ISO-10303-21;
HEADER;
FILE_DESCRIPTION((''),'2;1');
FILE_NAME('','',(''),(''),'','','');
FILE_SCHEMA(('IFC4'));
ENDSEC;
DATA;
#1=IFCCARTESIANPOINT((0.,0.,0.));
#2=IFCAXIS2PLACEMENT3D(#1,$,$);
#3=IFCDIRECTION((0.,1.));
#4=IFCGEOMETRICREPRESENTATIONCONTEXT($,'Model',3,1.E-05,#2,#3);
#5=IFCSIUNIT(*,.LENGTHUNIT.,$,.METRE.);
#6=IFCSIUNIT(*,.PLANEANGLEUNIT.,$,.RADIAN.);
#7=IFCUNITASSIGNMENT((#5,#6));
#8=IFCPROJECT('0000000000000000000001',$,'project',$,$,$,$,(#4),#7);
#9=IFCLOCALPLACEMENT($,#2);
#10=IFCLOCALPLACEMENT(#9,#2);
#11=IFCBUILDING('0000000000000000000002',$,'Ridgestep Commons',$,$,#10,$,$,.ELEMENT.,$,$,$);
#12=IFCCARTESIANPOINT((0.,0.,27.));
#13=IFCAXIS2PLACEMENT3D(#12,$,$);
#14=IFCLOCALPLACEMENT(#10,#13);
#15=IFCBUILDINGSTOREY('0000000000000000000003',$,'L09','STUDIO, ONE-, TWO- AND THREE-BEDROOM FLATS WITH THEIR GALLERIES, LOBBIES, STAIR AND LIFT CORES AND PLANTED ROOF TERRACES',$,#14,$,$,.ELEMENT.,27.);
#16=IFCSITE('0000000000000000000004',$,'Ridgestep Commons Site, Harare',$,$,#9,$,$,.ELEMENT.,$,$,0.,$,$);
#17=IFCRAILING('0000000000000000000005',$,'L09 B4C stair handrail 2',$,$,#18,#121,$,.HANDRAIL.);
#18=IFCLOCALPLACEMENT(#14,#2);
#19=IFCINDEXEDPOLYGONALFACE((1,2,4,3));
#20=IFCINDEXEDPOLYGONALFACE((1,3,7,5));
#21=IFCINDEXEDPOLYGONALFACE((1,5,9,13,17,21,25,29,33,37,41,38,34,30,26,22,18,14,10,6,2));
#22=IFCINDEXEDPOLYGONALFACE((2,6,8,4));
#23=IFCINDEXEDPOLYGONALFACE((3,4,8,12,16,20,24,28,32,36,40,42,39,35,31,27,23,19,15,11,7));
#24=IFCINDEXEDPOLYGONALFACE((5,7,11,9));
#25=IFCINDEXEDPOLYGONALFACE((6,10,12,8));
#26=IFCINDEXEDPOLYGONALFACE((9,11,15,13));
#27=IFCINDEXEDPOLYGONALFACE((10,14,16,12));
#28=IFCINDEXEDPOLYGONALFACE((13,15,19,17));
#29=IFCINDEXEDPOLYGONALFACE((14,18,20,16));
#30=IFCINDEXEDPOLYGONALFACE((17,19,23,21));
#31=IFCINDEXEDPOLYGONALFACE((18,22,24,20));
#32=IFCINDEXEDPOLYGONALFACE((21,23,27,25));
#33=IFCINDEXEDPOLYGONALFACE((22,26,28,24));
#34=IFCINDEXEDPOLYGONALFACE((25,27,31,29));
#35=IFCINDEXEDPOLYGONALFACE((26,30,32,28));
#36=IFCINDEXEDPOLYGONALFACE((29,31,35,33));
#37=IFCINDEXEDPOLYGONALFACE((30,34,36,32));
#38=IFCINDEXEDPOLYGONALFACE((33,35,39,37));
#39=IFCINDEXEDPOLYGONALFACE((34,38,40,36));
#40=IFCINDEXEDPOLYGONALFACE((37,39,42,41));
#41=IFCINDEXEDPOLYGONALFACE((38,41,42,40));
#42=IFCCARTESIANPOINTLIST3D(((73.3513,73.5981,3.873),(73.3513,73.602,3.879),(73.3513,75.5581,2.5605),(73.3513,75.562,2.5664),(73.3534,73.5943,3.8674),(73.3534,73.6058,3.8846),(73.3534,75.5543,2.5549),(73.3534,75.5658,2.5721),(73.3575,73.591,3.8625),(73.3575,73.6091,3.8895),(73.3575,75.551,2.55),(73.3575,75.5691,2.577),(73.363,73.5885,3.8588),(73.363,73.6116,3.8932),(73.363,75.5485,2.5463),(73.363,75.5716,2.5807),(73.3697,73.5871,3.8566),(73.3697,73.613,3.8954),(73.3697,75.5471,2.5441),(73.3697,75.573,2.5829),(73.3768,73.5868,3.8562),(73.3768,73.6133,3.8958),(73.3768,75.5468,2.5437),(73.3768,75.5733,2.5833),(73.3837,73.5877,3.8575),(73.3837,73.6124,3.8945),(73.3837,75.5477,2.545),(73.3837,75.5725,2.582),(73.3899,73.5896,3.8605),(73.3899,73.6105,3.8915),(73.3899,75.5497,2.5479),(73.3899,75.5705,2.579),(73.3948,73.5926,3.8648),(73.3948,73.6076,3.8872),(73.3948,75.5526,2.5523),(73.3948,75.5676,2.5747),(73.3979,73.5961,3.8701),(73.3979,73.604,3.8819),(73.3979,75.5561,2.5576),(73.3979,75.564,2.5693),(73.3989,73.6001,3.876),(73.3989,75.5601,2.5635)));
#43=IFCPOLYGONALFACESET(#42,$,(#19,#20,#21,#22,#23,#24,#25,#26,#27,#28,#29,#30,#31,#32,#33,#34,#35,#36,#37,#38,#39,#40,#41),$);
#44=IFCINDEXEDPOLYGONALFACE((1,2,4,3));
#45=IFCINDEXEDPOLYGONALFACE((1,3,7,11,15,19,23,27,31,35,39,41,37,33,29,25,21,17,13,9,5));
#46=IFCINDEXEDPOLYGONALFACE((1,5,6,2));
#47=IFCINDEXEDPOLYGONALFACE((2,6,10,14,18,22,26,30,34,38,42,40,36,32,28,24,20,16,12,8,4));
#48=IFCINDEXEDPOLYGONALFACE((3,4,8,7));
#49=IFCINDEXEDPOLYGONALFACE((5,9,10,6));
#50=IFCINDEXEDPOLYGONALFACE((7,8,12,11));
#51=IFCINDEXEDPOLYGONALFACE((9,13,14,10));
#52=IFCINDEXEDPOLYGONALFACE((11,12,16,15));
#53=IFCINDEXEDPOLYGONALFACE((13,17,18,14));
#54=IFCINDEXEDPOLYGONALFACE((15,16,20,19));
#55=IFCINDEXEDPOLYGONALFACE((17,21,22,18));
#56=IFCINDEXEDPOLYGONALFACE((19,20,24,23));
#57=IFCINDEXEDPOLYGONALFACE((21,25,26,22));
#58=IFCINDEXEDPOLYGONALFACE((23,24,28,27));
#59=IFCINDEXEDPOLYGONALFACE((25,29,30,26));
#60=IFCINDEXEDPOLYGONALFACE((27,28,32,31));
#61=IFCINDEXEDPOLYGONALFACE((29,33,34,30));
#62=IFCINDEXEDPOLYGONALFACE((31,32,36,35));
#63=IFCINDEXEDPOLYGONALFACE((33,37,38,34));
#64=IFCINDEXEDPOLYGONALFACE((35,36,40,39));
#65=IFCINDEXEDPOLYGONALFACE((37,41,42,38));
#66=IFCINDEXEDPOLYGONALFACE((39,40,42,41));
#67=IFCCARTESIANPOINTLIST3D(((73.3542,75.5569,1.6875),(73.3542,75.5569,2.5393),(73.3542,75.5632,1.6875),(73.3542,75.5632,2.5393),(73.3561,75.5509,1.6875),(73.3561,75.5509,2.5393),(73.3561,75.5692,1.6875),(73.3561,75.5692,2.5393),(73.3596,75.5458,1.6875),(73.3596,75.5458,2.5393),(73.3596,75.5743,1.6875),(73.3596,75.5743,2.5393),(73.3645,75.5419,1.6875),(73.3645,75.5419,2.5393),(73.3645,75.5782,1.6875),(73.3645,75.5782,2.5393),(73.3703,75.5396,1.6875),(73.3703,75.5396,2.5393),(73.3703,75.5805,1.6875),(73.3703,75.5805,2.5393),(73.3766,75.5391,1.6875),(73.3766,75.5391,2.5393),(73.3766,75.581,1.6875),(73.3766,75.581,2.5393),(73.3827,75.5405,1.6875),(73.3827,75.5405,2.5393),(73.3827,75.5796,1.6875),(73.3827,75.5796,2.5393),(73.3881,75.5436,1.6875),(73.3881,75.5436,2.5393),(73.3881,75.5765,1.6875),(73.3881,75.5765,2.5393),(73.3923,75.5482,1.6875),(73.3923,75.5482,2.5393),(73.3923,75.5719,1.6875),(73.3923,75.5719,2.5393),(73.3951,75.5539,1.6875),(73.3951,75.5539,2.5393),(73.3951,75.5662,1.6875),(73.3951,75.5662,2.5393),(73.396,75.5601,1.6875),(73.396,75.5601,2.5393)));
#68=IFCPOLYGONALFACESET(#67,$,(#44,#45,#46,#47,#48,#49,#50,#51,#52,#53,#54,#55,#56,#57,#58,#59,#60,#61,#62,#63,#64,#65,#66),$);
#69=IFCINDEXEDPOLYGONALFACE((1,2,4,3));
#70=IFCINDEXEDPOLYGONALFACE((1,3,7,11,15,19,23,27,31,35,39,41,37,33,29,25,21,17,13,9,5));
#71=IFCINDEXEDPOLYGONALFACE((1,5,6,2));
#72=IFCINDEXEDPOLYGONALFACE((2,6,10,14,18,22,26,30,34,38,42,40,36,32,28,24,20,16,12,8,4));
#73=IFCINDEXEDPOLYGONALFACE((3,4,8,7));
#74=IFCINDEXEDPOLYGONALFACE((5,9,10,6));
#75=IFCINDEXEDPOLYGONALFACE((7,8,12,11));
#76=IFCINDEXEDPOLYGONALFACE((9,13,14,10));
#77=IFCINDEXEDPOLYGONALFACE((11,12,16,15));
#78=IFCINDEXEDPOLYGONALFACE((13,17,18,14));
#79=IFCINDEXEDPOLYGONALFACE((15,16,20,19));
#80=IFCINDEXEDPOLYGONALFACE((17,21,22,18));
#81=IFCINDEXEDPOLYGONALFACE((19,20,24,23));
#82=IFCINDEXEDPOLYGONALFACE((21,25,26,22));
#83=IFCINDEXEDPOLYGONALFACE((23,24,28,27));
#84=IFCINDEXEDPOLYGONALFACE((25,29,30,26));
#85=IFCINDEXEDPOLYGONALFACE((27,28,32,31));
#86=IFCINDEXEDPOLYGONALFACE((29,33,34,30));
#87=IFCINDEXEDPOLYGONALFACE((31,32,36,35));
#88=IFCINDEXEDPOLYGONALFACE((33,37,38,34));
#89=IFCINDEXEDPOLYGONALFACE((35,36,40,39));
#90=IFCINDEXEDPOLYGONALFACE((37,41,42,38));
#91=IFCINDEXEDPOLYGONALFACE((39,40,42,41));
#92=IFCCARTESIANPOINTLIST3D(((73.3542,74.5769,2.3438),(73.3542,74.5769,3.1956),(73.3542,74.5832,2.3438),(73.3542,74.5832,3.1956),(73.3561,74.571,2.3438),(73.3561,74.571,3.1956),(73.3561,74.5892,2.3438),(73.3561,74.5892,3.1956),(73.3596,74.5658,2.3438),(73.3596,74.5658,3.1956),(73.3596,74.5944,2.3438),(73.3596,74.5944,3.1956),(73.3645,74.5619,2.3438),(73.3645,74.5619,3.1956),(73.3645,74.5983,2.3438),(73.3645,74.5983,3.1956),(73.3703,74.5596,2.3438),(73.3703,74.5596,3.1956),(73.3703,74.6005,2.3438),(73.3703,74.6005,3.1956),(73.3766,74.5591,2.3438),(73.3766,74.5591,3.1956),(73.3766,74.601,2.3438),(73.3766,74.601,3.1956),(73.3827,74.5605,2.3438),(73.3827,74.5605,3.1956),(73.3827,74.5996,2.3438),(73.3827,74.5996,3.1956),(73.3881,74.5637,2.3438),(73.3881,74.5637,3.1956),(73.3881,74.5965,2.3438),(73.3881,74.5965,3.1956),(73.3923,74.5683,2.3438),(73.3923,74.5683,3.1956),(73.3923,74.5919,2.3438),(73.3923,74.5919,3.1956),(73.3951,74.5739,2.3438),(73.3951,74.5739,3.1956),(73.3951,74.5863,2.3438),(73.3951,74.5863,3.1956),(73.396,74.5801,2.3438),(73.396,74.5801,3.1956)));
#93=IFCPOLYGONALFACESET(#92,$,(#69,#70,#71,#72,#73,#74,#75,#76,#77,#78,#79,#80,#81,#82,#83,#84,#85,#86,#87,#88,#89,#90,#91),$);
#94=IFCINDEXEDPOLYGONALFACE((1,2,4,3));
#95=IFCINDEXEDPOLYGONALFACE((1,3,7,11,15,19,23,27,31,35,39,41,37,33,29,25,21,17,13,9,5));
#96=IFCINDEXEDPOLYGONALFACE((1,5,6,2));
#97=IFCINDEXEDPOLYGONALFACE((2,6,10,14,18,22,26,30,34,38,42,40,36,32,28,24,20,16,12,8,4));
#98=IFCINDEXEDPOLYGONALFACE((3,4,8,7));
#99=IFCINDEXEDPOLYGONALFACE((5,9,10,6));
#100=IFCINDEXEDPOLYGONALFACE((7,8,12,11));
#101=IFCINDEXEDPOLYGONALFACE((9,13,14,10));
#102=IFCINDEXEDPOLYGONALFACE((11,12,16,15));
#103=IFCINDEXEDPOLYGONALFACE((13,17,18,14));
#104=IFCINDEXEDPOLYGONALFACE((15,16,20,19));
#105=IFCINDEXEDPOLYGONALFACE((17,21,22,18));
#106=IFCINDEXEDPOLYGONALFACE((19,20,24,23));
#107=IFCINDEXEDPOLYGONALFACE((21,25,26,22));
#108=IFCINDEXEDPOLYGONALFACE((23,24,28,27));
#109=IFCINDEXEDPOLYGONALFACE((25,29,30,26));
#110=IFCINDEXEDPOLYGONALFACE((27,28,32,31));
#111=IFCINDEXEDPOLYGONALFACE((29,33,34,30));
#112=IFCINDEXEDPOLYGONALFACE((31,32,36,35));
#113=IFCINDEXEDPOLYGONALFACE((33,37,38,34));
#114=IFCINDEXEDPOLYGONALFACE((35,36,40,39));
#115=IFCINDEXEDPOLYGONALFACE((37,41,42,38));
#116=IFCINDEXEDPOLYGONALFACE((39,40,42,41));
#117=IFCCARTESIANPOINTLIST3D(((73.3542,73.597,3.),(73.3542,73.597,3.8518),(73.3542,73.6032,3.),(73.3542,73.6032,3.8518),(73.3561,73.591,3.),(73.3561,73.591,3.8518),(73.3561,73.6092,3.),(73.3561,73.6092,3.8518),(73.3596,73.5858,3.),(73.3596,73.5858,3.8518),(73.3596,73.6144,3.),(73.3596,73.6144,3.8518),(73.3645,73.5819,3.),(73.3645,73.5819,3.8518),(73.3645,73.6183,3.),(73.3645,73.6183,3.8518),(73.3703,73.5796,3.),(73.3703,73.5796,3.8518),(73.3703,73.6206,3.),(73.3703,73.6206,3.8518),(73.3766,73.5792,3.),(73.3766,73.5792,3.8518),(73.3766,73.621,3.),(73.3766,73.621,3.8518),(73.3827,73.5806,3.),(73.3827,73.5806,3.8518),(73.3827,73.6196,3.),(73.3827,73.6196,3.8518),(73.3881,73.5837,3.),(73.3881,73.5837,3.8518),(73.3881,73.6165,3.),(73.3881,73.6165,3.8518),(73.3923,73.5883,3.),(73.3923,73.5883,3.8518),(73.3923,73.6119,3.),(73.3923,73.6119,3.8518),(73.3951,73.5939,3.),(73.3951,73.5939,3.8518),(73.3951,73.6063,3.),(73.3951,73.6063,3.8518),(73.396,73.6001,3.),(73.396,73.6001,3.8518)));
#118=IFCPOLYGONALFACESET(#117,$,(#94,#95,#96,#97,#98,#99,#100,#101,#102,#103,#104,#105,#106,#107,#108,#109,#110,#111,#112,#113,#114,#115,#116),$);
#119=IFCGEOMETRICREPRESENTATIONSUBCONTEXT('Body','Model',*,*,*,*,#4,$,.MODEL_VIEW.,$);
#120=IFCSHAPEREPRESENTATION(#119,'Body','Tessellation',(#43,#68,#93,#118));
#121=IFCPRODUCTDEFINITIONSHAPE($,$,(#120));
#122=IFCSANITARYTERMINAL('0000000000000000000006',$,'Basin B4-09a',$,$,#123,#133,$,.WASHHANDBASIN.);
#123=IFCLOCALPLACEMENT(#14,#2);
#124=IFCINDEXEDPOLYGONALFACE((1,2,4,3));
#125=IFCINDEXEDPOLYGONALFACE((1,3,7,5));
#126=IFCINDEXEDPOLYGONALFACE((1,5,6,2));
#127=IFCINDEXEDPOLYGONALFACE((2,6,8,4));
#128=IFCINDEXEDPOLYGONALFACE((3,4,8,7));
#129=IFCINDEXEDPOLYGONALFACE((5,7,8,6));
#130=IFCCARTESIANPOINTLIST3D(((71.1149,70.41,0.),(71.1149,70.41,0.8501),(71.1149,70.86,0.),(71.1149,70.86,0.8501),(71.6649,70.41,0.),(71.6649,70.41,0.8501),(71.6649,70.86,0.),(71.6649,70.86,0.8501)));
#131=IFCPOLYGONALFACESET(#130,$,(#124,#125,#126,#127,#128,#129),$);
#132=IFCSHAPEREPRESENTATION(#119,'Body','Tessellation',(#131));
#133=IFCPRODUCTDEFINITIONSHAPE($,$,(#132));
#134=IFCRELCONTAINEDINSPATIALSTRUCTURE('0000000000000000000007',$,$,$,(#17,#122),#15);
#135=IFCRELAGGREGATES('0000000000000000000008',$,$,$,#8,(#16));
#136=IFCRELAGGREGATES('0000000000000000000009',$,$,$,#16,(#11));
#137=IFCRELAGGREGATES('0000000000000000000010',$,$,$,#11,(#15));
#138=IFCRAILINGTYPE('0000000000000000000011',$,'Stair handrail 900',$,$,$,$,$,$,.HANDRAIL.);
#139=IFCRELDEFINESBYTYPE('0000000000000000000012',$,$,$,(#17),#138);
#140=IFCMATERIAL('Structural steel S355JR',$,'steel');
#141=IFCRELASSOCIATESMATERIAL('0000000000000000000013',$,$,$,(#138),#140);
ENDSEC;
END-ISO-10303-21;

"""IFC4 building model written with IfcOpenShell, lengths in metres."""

from ifc_helpers import new_model, si_unit, direction, frame, origin, origin_2d, place, context, subcontext, project, spatial, rectangle, circle, extrude, material, type_object, element, save


model = new_model("IFC4")

# Units and contexts
model_context = context("Model", 3, precision=1e-05, world=origin(), true_north=direction((0.0, 1.0)))
body_context = subcontext(model_context, "Body", "Model", "MODEL_VIEW")
ifc_project = project(units=[si_unit("LENGTHUNIT", "METRE"), si_unit("PLANEANGLEUNIT", "RADIAN")], contexts=[model_context])

# Site, building, storey
site_placement = place(None, origin())
site = spatial("IfcSite", under=ifc_project, at=site_placement, Name="Ridgestep Commons Site, Harare", CompositionType="ELEMENT", RefElevation=0.0)
building_placement = place(site_placement, origin())
building = spatial("IfcBuilding", under=site, at=building_placement, Name="Ridgestep Commons", CompositionType="ELEMENT")
storey_placement = place(building_placement, frame((0.0, 0.0, 27.0)))
storey = spatial("IfcBuildingStorey", under=building, at=storey_placement, Name="L09", Description="STUDIO, ONE-, TWO- AND THREE-BEDROOM FLATS WITH THEIR GALLERIES, LOBBIES, STAIR AND LIFT CORES AND PLANTED ROOF TERRACES", CompositionType="ELEMENT", Elevation=27.0)

# Railing
ifc_material_1 = material(Name="Structural steel S355JR", Category="steel")
railing_type_1 = type_object("IfcRailingType", Name="Stair handrail 900", PredefinedType="HANDRAIL", material=ifc_material_1)
railing_1_placement = place(storey_placement, frame((73.375, 75.5601, 1.6875)))
element("IfcRailing", 1, at=railing_1_placement, inside=storey, type_object=railing_type_1, Name="L09 B4C stair handrail 2", PredefinedType="HANDRAIL", context=body_context, shape_type="SweptSolid", body=[
    extrude(circle(Radius=0.0239, at=origin_2d()), frame((0.0, 0.0, 0.876), z_axis=(0.0, -0.830902, 0.556419), x_axis=(1.0, 0.0, 0.0)), (0.0, 0.0, 1.0), 2.3589),
    extrude(circle(Radius=0.021, at=origin_2d()), origin(), (0.0, 0.0, 1.0), 0.8518),
    extrude(circle(Radius=0.021, at=origin_2d()), frame((0.0, -0.98, 0.6562)), (0.0, 0.0, 1.0), 0.8518),
    extrude(circle(Radius=0.021, at=origin_2d()), frame((0.0, -1.96, 1.3125)), (0.0, 0.0, 1.0), 0.8518),
])

# Sanitary terminal
sanitary_terminal_placement = place(storey_placement, frame((71.3899, 70.635, 0.0), z_axis=(0.0, 0.0, 1.0), x_axis=(1.0, 0.0, 0.0)))
element("IfcSanitaryTerminal", 2, at=sanitary_terminal_placement, inside=storey, Name="Basin B4-09a", PredefinedType="WASHHANDBASIN", context=body_context, shape_type="SweptSolid", body=[
    extrude(rectangle(XDim=0.55, YDim=0.45, at=origin_2d()), origin(), (0.0, 0.0, 1.0), 0.8501),
])

save(model, "model.ifc")
